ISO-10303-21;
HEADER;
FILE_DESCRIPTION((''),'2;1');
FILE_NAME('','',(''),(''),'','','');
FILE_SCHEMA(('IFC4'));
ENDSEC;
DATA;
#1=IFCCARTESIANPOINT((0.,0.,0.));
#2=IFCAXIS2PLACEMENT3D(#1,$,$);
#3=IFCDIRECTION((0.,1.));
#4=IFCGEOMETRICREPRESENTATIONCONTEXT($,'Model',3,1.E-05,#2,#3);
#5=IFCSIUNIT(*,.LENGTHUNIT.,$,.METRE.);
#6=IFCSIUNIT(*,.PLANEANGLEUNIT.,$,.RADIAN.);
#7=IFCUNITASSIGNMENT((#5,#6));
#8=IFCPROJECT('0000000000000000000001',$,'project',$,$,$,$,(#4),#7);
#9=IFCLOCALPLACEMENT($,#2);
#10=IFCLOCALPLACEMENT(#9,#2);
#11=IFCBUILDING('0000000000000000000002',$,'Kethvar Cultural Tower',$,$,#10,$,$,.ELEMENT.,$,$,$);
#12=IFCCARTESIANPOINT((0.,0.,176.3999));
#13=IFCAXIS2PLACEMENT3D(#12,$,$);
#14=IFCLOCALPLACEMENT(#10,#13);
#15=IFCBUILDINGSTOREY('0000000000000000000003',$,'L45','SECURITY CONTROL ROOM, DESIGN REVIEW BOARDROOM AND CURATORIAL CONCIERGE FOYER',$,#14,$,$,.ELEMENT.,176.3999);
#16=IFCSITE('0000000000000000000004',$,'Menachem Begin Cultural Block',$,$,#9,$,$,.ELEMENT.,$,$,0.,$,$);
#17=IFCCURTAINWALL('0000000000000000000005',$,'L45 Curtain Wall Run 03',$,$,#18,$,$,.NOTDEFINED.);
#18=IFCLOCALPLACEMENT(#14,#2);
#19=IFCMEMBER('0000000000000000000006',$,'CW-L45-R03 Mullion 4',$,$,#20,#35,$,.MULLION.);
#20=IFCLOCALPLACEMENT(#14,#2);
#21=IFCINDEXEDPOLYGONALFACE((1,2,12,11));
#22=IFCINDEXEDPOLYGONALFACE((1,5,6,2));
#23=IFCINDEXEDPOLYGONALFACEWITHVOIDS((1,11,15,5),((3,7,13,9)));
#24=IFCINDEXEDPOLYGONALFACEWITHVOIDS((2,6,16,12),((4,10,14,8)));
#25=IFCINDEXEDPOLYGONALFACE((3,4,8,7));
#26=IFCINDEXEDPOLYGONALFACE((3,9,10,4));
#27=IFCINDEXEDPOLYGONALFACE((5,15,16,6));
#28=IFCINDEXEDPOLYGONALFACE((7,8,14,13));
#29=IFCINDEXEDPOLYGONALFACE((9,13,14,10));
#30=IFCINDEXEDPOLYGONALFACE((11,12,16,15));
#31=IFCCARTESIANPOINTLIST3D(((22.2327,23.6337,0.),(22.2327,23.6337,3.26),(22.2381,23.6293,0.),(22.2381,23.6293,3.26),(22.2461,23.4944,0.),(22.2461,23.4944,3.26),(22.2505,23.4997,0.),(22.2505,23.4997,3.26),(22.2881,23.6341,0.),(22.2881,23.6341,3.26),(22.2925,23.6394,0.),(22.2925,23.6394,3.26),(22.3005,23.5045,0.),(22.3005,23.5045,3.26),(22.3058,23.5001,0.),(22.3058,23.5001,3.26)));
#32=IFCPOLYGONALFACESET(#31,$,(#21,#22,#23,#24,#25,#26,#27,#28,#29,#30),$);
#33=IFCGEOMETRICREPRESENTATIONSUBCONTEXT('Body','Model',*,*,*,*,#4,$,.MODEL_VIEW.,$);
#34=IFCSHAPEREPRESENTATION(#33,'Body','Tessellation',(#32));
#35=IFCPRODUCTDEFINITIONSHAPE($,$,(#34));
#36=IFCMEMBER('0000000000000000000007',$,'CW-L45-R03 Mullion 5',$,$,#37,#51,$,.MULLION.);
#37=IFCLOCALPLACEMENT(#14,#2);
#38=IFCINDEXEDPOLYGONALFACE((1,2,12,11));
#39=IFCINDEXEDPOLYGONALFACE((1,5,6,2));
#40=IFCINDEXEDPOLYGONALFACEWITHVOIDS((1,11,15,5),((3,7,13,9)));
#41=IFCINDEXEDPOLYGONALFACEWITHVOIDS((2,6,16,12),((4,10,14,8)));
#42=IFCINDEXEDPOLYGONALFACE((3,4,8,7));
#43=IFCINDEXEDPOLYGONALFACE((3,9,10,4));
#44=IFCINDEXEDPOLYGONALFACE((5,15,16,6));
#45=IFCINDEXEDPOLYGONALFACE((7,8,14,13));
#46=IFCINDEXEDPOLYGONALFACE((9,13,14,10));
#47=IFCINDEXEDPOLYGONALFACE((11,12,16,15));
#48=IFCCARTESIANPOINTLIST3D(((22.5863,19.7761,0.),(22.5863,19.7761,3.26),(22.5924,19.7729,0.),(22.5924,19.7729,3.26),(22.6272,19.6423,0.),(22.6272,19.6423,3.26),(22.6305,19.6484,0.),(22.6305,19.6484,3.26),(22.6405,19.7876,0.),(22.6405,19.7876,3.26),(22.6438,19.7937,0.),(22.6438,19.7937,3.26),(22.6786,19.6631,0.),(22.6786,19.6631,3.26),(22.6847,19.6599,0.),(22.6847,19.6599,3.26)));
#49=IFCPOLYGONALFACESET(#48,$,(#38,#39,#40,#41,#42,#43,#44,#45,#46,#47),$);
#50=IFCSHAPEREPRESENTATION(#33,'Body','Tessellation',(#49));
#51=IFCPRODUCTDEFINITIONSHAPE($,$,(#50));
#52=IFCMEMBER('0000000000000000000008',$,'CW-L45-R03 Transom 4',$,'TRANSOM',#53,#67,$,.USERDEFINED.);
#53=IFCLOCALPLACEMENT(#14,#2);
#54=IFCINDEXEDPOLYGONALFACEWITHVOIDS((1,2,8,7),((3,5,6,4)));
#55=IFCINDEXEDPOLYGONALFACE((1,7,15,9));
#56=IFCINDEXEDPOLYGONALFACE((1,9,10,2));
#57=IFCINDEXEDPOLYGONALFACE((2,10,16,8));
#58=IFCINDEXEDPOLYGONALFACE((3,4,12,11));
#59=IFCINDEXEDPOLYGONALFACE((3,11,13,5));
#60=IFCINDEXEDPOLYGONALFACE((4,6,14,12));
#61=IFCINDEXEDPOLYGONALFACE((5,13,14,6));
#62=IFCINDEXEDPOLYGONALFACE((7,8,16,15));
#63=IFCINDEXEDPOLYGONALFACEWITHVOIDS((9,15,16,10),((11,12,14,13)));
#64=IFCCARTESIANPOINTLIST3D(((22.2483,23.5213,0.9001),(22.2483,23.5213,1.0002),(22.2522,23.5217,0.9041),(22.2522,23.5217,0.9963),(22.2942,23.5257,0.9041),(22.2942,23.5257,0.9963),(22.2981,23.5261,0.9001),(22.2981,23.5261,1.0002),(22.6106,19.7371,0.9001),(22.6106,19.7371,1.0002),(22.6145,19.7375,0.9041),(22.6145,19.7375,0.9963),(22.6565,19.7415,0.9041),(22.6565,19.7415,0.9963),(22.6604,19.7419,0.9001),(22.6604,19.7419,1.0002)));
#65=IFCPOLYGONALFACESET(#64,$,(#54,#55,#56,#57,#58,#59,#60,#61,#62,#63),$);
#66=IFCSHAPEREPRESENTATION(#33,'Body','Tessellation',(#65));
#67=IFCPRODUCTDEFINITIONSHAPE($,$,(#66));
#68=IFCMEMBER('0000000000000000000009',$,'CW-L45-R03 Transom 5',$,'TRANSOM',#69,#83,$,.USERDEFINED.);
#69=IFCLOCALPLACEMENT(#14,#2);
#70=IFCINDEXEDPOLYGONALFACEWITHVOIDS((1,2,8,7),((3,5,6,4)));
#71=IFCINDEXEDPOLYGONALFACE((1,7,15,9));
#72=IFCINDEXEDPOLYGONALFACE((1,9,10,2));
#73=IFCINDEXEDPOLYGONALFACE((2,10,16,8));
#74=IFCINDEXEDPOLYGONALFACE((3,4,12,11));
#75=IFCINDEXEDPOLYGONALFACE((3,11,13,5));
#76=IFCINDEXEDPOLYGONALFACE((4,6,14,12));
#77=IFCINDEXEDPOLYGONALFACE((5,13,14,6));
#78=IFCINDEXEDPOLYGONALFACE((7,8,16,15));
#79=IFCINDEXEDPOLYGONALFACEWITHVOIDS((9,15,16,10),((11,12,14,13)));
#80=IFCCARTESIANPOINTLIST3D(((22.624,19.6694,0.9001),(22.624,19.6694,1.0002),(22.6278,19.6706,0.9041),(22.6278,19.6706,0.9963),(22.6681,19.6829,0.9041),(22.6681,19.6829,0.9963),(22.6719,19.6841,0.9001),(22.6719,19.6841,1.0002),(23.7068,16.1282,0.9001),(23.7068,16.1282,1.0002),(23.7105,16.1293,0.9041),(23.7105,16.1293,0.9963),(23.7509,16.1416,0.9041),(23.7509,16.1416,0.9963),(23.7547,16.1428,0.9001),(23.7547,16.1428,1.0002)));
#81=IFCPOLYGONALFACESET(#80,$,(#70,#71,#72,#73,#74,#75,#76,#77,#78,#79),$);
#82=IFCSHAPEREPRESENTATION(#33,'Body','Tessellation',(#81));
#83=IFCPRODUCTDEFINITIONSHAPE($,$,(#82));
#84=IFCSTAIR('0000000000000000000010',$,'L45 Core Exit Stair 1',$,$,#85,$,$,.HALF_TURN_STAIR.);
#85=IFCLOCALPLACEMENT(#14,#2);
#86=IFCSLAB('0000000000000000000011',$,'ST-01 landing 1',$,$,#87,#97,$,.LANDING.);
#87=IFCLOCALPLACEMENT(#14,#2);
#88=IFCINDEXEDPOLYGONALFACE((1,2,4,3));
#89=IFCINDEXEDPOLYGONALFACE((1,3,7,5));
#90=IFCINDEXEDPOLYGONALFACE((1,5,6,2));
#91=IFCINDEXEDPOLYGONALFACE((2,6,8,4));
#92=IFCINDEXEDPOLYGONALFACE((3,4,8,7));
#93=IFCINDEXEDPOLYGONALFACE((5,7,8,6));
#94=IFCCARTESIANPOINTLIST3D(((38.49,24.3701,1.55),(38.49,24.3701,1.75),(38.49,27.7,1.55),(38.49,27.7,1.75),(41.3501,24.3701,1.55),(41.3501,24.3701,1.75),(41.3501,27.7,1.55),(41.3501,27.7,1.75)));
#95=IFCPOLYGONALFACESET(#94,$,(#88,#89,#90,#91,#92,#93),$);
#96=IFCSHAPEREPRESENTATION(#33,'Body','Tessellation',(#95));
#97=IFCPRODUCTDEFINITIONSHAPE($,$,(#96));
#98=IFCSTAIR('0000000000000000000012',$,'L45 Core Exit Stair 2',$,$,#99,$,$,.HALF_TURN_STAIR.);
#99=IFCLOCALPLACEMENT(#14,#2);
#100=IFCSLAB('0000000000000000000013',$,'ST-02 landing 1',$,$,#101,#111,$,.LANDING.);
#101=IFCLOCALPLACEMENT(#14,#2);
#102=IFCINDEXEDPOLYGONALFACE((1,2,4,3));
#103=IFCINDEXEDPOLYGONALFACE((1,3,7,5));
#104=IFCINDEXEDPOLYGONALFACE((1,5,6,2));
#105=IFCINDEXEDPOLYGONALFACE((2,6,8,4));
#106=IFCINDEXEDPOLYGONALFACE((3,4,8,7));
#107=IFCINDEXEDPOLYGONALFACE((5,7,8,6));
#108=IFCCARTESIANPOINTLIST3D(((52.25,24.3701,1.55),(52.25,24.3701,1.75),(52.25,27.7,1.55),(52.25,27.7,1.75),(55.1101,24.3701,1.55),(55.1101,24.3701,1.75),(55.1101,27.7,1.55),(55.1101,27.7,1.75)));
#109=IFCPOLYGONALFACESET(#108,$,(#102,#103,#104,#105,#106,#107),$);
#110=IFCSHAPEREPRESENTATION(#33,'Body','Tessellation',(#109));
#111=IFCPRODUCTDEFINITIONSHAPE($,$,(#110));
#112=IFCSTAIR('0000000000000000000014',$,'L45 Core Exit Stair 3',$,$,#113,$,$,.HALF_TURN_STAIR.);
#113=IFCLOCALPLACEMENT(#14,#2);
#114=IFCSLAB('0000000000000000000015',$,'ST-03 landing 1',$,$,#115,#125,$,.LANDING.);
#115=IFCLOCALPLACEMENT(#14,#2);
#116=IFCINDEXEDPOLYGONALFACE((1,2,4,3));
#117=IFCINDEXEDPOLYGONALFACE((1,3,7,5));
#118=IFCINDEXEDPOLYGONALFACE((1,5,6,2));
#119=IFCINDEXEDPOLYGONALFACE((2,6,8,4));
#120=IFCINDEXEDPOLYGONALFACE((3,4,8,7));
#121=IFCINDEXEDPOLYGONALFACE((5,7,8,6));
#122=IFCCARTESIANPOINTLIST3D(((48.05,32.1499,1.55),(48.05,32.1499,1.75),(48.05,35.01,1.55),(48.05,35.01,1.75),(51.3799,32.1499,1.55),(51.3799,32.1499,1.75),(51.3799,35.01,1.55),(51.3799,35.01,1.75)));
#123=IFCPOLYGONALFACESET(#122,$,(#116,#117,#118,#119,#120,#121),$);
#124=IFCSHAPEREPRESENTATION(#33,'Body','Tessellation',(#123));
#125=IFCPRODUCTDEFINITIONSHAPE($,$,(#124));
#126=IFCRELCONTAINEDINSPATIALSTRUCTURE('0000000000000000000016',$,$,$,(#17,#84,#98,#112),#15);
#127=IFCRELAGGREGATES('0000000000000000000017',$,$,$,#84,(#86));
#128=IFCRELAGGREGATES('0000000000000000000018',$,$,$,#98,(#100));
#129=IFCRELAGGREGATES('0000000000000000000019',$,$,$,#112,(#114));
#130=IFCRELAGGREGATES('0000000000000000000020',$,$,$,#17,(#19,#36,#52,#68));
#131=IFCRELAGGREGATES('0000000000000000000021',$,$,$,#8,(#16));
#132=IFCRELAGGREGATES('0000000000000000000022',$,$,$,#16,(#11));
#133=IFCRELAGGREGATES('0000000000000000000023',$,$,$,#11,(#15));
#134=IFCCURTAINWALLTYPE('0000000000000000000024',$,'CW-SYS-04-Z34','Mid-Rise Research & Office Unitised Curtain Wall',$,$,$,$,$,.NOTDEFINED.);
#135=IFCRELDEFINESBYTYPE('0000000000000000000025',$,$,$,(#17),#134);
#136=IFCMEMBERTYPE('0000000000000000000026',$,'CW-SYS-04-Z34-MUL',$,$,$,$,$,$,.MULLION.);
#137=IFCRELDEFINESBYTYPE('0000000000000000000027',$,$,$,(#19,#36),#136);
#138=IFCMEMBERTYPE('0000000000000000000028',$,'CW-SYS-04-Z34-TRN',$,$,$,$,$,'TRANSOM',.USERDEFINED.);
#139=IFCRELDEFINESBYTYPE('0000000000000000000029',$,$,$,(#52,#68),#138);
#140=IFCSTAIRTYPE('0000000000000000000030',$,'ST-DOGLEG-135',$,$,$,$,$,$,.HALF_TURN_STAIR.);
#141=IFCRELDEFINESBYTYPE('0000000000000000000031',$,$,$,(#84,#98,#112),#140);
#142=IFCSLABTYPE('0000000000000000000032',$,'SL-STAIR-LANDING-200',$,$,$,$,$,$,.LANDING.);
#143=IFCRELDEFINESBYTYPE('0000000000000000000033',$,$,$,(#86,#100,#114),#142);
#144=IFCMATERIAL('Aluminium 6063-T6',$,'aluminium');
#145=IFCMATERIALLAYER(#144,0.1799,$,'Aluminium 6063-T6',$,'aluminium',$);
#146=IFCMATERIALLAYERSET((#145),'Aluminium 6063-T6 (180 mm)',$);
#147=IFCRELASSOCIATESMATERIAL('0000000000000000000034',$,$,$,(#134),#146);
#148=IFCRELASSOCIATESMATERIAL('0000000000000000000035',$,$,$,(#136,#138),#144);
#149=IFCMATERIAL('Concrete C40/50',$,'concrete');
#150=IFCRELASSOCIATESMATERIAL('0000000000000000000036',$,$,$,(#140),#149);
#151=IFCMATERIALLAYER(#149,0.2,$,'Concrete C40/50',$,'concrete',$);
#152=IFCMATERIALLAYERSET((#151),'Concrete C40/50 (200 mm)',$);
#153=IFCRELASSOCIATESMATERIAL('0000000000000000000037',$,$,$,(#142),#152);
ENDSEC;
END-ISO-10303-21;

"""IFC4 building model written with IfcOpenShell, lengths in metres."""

from ifc_helpers import new_model, si_unit, direction, frame, origin, origin_2d, place, context, subcontext, project, spatial, polyline, hollow_rectangle, outline, extrude, source, transform, mapped, material, layer, layer_set, material_profile, profile_set, type_object, element, aggregate, save


model = new_model("IFC4")

# Units and contexts
model_context = context("Model", 3, precision=1e-05, world=origin(), true_north=direction((0.0, 1.0)))
body_context = subcontext(model_context, "Body", "Model", "MODEL_VIEW")
ifc_project = project(units=[si_unit("LENGTHUNIT", "METRE"), si_unit("PLANEANGLEUNIT", "RADIAN")], contexts=[model_context])

# Site, building, storey
site_placement = place(None, origin())
site = spatial("IfcSite", under=ifc_project, at=site_placement, Name="Menachem Begin Cultural Block", CompositionType="ELEMENT", RefElevation=0.0)
building_placement = place(site_placement, origin())
building = spatial("IfcBuilding", under=site, at=building_placement, Name="Kethvar Cultural Tower", CompositionType="ELEMENT")
storey_placement = place(building_placement, frame((0.0, 0.0, 176.3999)))
storey = spatial("IfcBuildingStorey", under=building, at=storey_placement, Name="L45", Description="SECURITY CONTROL ROOM, DESIGN REVIEW BOARDROOM AND CURATORIAL CONCIERGE FOYER", CompositionType="ELEMENT", Elevation=176.3999)

# Curtain wall, members
ifc_material_1 = material(Name="Aluminium 6063-T6", Category="aluminium")
ifc_layer_1 = layer(ifc_material_1, 0.1799, Name="Aluminium 6063-T6", Category="aluminium")
ifc_layer_set_1 = layer_set([ifc_layer_1], Name="Aluminium 6063-T6 (180 mm)")
curtain_wall_type = type_object("IfcCurtainWallType", Name="CW-SYS-04-Z34", Description="Mid-Rise Research & Office Unitised Curtain Wall", PredefinedType="NOTDEFINED", material=ifc_layer_set_1)
curtain_wall_placement = place(storey_placement, origin())
curtain_wall = element("IfcCurtainWall", 1, at=curtain_wall_placement, inside=storey, type_object=curtain_wall_type, Name="L45 Curtain Wall Run 03", PredefinedType="NOTDEFINED")
ifc_material_profile_1 = material_profile(ifc_material_1, hollow_rectangle(XDim=0.0601, YDim=0.1399, WallThickness=0.0049, at=origin_2d()), Name="Aluminium 6063-T6 — RHS140x60x5")
ifc_profile_set_1 = profile_set([ifc_material_profile_1], Name="Aluminium 6063-T6 — RHS140x60x5")
member_type_1 = type_object("IfcMemberType", Name="CW-SYS-04-Z34-MUL", PredefinedType="MULLION", material=ifc_profile_set_1)
shared_shape_1 = source(origin(), body_context, "Body", "SweptSolid", [
    extrude(hollow_rectangle(XDim=0.0601, YDim=0.1399, WallThickness=0.0049, at=origin_2d()), origin(), (0.0, 0.0, 1.0), 3.26),
])
member_1_placement = place(storey_placement, frame((22.2693, 23.5669, 0.0), z_axis=(0.0, 0.0, 1.0), x_axis=(0.99545, 0.09529, 0.0)))
member_1 = element("IfcMember", 2, at=member_1_placement, type_object=member_type_1, Name="CW-L45-R03 Mullion 4", PredefinedType="MULLION", context=body_context, shape_type="MappedRepresentation", body=[
    mapped(shared_shape_1, transform((0.0, 0.0, 0.0), scale=1.0)),
])
member_2_placement = place(storey_placement, frame((22.6355, 19.718, 0.0), z_axis=(0.0, 0.0, 1.0), x_axis=(0.95631, 0.292355, 0.0)))
member_2 = element("IfcMember", 3, at=member_2_placement, type_object=member_type_1, Name="CW-L45-R03 Mullion 5", PredefinedType="MULLION", context=body_context, shape_type="MappedRepresentation", body=[
    mapped(shared_shape_1, transform((0.0, 0.0, 0.0), scale=1.0)),
])
ifc_material_profile_2 = material_profile(ifc_material_1, hollow_rectangle(XDim=0.05, YDim=0.1001, WallThickness=0.0039, at=origin_2d()), Name="Aluminium 6063-T6 — RHS100x50x4")
ifc_profile_set_2 = profile_set([ifc_material_profile_2], Name="Aluminium 6063-T6 — RHS100x50x4")
member_type_2 = type_object("IfcMemberType", Name="CW-SYS-04-Z34-TRN", ElementType="TRANSOM", PredefinedType="USERDEFINED", material=ifc_profile_set_2)
shared_shape_2 = source(origin(), body_context, "Body", "SweptSolid", [
    extrude(hollow_rectangle(XDim=0.05, YDim=0.1001, WallThickness=0.0039, at=origin_2d()), origin(), (0.0, 0.0, 1.0), 3.8015),
])
member_3_placement = place(storey_placement, frame((22.2732, 23.5237, 0.9502), z_axis=(0.095306, -0.995448, 0.0), x_axis=(0.995448, 0.095306, 0.0)))
member_3 = element("IfcMember", 4, at=member_3_placement, type_object=member_type_2, Name="CW-L45-R03 Transom 4", ObjectType="TRANSOM", PredefinedType="USERDEFINED", context=body_context, shape_type="MappedRepresentation", body=[
    mapped(shared_shape_2, transform((0.0, 0.0, 0.0), scale=1.0)),
])
shared_shape_3 = source(origin(), body_context, "Body", "SweptSolid", [
    extrude(hollow_rectangle(XDim=0.05, YDim=0.1001, WallThickness=0.0039, at=origin_2d()), origin(), (0.0, 0.0, 1.0), 3.7031),
])
member_4_placement = place(storey_placement, frame((22.6479, 19.6768, 0.9502), z_axis=(0.292394, -0.956298, 0.0), x_axis=(0.956298, 0.292394, 0.0)))
member_4 = element("IfcMember", 5, at=member_4_placement, type_object=member_type_2, Name="CW-L45-R03 Transom 5", ObjectType="TRANSOM", PredefinedType="USERDEFINED", context=body_context, shape_type="MappedRepresentation", body=[
    mapped(shared_shape_3, transform((0.0, 0.0, 0.0), scale=1.0)),
])

# Stairs, slabs
ifc_material_2 = material(Name="Concrete C40/50", Category="concrete")
stair_type = type_object("IfcStairType", Name="ST-DOGLEG-135", PredefinedType="HALF_TURN_STAIR", material=ifc_material_2)
stair_1_placement = place(storey_placement, origin())
stair_1 = element("IfcStair", 6, at=stair_1_placement, inside=storey, type_object=stair_type, Name="L45 Core Exit Stair 1", PredefinedType="HALF_TURN_STAIR")
ifc_layer_2 = layer(ifc_material_2, 0.2, Name="Concrete C40/50", Category="concrete")
ifc_layer_set_2 = layer_set([ifc_layer_2], Name="Concrete C40/50 (200 mm)")
slab_type_1 = type_object("IfcSlabType", Name="SL-STAIR-LANDING-200", PredefinedType="LANDING", material=ifc_layer_set_2)
slab_1_placement = place(storey_placement, frame((0.0, 0.0, 1.55)))
slab_1 = element("IfcSlab", 7, at=slab_1_placement, type_object=slab_type_1, Name="ST-01 landing 1", PredefinedType="LANDING", context=body_context, shape_type="SweptSolid", body=[
    extrude(outline(polyline([(41.3501, 24.3701), (41.3501, 27.7), (38.49, 27.7), (38.49, 24.3701), (41.3501, 24.3701)])), origin(), (0.0, 0.0, 1.0), 0.2),
])
aggregate(stair_1, [slab_1])
stair_2_placement = place(storey_placement, origin())
stair_2 = element("IfcStair", 8, at=stair_2_placement, inside=storey, type_object=stair_type, Name="L45 Core Exit Stair 2", PredefinedType="HALF_TURN_STAIR")
slab_2_placement = place(storey_placement, frame((0.0, 0.0, 1.55)))
slab_2 = element("IfcSlab", 9, at=slab_2_placement, type_object=slab_type_1, Name="ST-02 landing 1", PredefinedType="LANDING", context=body_context, shape_type="SweptSolid", body=[
    extrude(outline(polyline([(55.1101, 24.3701), (55.1101, 27.7), (52.25, 27.7), (52.25, 24.3701), (55.1101, 24.3701)])), origin(), (0.0, 0.0, 1.0), 0.2),
])
aggregate(stair_2, [slab_2])
stair_3_placement = place(storey_placement, origin())
stair_3 = element("IfcStair", 10, at=stair_3_placement, inside=storey, type_object=stair_type, Name="L45 Core Exit Stair 3", PredefinedType="HALF_TURN_STAIR")
slab_3_placement = place(storey_placement, frame((0.0, 0.0, 1.55)))
slab_3 = element("IfcSlab", 11, at=slab_3_placement, type_object=slab_type_1, Name="ST-03 landing 1", PredefinedType="LANDING", context=body_context, shape_type="SweptSolid", body=[
    extrude(outline(polyline([(51.3799, 35.01), (48.05, 35.01), (48.05, 32.1499), (51.3799, 32.1499), (51.3799, 35.01)])), origin(), (0.0, 0.0, 1.0), 0.2),
])
aggregate(stair_3, [slab_3])

aggregate(curtain_wall, [member_1, member_2, member_3, member_4])

save(model, "model.ifc")
